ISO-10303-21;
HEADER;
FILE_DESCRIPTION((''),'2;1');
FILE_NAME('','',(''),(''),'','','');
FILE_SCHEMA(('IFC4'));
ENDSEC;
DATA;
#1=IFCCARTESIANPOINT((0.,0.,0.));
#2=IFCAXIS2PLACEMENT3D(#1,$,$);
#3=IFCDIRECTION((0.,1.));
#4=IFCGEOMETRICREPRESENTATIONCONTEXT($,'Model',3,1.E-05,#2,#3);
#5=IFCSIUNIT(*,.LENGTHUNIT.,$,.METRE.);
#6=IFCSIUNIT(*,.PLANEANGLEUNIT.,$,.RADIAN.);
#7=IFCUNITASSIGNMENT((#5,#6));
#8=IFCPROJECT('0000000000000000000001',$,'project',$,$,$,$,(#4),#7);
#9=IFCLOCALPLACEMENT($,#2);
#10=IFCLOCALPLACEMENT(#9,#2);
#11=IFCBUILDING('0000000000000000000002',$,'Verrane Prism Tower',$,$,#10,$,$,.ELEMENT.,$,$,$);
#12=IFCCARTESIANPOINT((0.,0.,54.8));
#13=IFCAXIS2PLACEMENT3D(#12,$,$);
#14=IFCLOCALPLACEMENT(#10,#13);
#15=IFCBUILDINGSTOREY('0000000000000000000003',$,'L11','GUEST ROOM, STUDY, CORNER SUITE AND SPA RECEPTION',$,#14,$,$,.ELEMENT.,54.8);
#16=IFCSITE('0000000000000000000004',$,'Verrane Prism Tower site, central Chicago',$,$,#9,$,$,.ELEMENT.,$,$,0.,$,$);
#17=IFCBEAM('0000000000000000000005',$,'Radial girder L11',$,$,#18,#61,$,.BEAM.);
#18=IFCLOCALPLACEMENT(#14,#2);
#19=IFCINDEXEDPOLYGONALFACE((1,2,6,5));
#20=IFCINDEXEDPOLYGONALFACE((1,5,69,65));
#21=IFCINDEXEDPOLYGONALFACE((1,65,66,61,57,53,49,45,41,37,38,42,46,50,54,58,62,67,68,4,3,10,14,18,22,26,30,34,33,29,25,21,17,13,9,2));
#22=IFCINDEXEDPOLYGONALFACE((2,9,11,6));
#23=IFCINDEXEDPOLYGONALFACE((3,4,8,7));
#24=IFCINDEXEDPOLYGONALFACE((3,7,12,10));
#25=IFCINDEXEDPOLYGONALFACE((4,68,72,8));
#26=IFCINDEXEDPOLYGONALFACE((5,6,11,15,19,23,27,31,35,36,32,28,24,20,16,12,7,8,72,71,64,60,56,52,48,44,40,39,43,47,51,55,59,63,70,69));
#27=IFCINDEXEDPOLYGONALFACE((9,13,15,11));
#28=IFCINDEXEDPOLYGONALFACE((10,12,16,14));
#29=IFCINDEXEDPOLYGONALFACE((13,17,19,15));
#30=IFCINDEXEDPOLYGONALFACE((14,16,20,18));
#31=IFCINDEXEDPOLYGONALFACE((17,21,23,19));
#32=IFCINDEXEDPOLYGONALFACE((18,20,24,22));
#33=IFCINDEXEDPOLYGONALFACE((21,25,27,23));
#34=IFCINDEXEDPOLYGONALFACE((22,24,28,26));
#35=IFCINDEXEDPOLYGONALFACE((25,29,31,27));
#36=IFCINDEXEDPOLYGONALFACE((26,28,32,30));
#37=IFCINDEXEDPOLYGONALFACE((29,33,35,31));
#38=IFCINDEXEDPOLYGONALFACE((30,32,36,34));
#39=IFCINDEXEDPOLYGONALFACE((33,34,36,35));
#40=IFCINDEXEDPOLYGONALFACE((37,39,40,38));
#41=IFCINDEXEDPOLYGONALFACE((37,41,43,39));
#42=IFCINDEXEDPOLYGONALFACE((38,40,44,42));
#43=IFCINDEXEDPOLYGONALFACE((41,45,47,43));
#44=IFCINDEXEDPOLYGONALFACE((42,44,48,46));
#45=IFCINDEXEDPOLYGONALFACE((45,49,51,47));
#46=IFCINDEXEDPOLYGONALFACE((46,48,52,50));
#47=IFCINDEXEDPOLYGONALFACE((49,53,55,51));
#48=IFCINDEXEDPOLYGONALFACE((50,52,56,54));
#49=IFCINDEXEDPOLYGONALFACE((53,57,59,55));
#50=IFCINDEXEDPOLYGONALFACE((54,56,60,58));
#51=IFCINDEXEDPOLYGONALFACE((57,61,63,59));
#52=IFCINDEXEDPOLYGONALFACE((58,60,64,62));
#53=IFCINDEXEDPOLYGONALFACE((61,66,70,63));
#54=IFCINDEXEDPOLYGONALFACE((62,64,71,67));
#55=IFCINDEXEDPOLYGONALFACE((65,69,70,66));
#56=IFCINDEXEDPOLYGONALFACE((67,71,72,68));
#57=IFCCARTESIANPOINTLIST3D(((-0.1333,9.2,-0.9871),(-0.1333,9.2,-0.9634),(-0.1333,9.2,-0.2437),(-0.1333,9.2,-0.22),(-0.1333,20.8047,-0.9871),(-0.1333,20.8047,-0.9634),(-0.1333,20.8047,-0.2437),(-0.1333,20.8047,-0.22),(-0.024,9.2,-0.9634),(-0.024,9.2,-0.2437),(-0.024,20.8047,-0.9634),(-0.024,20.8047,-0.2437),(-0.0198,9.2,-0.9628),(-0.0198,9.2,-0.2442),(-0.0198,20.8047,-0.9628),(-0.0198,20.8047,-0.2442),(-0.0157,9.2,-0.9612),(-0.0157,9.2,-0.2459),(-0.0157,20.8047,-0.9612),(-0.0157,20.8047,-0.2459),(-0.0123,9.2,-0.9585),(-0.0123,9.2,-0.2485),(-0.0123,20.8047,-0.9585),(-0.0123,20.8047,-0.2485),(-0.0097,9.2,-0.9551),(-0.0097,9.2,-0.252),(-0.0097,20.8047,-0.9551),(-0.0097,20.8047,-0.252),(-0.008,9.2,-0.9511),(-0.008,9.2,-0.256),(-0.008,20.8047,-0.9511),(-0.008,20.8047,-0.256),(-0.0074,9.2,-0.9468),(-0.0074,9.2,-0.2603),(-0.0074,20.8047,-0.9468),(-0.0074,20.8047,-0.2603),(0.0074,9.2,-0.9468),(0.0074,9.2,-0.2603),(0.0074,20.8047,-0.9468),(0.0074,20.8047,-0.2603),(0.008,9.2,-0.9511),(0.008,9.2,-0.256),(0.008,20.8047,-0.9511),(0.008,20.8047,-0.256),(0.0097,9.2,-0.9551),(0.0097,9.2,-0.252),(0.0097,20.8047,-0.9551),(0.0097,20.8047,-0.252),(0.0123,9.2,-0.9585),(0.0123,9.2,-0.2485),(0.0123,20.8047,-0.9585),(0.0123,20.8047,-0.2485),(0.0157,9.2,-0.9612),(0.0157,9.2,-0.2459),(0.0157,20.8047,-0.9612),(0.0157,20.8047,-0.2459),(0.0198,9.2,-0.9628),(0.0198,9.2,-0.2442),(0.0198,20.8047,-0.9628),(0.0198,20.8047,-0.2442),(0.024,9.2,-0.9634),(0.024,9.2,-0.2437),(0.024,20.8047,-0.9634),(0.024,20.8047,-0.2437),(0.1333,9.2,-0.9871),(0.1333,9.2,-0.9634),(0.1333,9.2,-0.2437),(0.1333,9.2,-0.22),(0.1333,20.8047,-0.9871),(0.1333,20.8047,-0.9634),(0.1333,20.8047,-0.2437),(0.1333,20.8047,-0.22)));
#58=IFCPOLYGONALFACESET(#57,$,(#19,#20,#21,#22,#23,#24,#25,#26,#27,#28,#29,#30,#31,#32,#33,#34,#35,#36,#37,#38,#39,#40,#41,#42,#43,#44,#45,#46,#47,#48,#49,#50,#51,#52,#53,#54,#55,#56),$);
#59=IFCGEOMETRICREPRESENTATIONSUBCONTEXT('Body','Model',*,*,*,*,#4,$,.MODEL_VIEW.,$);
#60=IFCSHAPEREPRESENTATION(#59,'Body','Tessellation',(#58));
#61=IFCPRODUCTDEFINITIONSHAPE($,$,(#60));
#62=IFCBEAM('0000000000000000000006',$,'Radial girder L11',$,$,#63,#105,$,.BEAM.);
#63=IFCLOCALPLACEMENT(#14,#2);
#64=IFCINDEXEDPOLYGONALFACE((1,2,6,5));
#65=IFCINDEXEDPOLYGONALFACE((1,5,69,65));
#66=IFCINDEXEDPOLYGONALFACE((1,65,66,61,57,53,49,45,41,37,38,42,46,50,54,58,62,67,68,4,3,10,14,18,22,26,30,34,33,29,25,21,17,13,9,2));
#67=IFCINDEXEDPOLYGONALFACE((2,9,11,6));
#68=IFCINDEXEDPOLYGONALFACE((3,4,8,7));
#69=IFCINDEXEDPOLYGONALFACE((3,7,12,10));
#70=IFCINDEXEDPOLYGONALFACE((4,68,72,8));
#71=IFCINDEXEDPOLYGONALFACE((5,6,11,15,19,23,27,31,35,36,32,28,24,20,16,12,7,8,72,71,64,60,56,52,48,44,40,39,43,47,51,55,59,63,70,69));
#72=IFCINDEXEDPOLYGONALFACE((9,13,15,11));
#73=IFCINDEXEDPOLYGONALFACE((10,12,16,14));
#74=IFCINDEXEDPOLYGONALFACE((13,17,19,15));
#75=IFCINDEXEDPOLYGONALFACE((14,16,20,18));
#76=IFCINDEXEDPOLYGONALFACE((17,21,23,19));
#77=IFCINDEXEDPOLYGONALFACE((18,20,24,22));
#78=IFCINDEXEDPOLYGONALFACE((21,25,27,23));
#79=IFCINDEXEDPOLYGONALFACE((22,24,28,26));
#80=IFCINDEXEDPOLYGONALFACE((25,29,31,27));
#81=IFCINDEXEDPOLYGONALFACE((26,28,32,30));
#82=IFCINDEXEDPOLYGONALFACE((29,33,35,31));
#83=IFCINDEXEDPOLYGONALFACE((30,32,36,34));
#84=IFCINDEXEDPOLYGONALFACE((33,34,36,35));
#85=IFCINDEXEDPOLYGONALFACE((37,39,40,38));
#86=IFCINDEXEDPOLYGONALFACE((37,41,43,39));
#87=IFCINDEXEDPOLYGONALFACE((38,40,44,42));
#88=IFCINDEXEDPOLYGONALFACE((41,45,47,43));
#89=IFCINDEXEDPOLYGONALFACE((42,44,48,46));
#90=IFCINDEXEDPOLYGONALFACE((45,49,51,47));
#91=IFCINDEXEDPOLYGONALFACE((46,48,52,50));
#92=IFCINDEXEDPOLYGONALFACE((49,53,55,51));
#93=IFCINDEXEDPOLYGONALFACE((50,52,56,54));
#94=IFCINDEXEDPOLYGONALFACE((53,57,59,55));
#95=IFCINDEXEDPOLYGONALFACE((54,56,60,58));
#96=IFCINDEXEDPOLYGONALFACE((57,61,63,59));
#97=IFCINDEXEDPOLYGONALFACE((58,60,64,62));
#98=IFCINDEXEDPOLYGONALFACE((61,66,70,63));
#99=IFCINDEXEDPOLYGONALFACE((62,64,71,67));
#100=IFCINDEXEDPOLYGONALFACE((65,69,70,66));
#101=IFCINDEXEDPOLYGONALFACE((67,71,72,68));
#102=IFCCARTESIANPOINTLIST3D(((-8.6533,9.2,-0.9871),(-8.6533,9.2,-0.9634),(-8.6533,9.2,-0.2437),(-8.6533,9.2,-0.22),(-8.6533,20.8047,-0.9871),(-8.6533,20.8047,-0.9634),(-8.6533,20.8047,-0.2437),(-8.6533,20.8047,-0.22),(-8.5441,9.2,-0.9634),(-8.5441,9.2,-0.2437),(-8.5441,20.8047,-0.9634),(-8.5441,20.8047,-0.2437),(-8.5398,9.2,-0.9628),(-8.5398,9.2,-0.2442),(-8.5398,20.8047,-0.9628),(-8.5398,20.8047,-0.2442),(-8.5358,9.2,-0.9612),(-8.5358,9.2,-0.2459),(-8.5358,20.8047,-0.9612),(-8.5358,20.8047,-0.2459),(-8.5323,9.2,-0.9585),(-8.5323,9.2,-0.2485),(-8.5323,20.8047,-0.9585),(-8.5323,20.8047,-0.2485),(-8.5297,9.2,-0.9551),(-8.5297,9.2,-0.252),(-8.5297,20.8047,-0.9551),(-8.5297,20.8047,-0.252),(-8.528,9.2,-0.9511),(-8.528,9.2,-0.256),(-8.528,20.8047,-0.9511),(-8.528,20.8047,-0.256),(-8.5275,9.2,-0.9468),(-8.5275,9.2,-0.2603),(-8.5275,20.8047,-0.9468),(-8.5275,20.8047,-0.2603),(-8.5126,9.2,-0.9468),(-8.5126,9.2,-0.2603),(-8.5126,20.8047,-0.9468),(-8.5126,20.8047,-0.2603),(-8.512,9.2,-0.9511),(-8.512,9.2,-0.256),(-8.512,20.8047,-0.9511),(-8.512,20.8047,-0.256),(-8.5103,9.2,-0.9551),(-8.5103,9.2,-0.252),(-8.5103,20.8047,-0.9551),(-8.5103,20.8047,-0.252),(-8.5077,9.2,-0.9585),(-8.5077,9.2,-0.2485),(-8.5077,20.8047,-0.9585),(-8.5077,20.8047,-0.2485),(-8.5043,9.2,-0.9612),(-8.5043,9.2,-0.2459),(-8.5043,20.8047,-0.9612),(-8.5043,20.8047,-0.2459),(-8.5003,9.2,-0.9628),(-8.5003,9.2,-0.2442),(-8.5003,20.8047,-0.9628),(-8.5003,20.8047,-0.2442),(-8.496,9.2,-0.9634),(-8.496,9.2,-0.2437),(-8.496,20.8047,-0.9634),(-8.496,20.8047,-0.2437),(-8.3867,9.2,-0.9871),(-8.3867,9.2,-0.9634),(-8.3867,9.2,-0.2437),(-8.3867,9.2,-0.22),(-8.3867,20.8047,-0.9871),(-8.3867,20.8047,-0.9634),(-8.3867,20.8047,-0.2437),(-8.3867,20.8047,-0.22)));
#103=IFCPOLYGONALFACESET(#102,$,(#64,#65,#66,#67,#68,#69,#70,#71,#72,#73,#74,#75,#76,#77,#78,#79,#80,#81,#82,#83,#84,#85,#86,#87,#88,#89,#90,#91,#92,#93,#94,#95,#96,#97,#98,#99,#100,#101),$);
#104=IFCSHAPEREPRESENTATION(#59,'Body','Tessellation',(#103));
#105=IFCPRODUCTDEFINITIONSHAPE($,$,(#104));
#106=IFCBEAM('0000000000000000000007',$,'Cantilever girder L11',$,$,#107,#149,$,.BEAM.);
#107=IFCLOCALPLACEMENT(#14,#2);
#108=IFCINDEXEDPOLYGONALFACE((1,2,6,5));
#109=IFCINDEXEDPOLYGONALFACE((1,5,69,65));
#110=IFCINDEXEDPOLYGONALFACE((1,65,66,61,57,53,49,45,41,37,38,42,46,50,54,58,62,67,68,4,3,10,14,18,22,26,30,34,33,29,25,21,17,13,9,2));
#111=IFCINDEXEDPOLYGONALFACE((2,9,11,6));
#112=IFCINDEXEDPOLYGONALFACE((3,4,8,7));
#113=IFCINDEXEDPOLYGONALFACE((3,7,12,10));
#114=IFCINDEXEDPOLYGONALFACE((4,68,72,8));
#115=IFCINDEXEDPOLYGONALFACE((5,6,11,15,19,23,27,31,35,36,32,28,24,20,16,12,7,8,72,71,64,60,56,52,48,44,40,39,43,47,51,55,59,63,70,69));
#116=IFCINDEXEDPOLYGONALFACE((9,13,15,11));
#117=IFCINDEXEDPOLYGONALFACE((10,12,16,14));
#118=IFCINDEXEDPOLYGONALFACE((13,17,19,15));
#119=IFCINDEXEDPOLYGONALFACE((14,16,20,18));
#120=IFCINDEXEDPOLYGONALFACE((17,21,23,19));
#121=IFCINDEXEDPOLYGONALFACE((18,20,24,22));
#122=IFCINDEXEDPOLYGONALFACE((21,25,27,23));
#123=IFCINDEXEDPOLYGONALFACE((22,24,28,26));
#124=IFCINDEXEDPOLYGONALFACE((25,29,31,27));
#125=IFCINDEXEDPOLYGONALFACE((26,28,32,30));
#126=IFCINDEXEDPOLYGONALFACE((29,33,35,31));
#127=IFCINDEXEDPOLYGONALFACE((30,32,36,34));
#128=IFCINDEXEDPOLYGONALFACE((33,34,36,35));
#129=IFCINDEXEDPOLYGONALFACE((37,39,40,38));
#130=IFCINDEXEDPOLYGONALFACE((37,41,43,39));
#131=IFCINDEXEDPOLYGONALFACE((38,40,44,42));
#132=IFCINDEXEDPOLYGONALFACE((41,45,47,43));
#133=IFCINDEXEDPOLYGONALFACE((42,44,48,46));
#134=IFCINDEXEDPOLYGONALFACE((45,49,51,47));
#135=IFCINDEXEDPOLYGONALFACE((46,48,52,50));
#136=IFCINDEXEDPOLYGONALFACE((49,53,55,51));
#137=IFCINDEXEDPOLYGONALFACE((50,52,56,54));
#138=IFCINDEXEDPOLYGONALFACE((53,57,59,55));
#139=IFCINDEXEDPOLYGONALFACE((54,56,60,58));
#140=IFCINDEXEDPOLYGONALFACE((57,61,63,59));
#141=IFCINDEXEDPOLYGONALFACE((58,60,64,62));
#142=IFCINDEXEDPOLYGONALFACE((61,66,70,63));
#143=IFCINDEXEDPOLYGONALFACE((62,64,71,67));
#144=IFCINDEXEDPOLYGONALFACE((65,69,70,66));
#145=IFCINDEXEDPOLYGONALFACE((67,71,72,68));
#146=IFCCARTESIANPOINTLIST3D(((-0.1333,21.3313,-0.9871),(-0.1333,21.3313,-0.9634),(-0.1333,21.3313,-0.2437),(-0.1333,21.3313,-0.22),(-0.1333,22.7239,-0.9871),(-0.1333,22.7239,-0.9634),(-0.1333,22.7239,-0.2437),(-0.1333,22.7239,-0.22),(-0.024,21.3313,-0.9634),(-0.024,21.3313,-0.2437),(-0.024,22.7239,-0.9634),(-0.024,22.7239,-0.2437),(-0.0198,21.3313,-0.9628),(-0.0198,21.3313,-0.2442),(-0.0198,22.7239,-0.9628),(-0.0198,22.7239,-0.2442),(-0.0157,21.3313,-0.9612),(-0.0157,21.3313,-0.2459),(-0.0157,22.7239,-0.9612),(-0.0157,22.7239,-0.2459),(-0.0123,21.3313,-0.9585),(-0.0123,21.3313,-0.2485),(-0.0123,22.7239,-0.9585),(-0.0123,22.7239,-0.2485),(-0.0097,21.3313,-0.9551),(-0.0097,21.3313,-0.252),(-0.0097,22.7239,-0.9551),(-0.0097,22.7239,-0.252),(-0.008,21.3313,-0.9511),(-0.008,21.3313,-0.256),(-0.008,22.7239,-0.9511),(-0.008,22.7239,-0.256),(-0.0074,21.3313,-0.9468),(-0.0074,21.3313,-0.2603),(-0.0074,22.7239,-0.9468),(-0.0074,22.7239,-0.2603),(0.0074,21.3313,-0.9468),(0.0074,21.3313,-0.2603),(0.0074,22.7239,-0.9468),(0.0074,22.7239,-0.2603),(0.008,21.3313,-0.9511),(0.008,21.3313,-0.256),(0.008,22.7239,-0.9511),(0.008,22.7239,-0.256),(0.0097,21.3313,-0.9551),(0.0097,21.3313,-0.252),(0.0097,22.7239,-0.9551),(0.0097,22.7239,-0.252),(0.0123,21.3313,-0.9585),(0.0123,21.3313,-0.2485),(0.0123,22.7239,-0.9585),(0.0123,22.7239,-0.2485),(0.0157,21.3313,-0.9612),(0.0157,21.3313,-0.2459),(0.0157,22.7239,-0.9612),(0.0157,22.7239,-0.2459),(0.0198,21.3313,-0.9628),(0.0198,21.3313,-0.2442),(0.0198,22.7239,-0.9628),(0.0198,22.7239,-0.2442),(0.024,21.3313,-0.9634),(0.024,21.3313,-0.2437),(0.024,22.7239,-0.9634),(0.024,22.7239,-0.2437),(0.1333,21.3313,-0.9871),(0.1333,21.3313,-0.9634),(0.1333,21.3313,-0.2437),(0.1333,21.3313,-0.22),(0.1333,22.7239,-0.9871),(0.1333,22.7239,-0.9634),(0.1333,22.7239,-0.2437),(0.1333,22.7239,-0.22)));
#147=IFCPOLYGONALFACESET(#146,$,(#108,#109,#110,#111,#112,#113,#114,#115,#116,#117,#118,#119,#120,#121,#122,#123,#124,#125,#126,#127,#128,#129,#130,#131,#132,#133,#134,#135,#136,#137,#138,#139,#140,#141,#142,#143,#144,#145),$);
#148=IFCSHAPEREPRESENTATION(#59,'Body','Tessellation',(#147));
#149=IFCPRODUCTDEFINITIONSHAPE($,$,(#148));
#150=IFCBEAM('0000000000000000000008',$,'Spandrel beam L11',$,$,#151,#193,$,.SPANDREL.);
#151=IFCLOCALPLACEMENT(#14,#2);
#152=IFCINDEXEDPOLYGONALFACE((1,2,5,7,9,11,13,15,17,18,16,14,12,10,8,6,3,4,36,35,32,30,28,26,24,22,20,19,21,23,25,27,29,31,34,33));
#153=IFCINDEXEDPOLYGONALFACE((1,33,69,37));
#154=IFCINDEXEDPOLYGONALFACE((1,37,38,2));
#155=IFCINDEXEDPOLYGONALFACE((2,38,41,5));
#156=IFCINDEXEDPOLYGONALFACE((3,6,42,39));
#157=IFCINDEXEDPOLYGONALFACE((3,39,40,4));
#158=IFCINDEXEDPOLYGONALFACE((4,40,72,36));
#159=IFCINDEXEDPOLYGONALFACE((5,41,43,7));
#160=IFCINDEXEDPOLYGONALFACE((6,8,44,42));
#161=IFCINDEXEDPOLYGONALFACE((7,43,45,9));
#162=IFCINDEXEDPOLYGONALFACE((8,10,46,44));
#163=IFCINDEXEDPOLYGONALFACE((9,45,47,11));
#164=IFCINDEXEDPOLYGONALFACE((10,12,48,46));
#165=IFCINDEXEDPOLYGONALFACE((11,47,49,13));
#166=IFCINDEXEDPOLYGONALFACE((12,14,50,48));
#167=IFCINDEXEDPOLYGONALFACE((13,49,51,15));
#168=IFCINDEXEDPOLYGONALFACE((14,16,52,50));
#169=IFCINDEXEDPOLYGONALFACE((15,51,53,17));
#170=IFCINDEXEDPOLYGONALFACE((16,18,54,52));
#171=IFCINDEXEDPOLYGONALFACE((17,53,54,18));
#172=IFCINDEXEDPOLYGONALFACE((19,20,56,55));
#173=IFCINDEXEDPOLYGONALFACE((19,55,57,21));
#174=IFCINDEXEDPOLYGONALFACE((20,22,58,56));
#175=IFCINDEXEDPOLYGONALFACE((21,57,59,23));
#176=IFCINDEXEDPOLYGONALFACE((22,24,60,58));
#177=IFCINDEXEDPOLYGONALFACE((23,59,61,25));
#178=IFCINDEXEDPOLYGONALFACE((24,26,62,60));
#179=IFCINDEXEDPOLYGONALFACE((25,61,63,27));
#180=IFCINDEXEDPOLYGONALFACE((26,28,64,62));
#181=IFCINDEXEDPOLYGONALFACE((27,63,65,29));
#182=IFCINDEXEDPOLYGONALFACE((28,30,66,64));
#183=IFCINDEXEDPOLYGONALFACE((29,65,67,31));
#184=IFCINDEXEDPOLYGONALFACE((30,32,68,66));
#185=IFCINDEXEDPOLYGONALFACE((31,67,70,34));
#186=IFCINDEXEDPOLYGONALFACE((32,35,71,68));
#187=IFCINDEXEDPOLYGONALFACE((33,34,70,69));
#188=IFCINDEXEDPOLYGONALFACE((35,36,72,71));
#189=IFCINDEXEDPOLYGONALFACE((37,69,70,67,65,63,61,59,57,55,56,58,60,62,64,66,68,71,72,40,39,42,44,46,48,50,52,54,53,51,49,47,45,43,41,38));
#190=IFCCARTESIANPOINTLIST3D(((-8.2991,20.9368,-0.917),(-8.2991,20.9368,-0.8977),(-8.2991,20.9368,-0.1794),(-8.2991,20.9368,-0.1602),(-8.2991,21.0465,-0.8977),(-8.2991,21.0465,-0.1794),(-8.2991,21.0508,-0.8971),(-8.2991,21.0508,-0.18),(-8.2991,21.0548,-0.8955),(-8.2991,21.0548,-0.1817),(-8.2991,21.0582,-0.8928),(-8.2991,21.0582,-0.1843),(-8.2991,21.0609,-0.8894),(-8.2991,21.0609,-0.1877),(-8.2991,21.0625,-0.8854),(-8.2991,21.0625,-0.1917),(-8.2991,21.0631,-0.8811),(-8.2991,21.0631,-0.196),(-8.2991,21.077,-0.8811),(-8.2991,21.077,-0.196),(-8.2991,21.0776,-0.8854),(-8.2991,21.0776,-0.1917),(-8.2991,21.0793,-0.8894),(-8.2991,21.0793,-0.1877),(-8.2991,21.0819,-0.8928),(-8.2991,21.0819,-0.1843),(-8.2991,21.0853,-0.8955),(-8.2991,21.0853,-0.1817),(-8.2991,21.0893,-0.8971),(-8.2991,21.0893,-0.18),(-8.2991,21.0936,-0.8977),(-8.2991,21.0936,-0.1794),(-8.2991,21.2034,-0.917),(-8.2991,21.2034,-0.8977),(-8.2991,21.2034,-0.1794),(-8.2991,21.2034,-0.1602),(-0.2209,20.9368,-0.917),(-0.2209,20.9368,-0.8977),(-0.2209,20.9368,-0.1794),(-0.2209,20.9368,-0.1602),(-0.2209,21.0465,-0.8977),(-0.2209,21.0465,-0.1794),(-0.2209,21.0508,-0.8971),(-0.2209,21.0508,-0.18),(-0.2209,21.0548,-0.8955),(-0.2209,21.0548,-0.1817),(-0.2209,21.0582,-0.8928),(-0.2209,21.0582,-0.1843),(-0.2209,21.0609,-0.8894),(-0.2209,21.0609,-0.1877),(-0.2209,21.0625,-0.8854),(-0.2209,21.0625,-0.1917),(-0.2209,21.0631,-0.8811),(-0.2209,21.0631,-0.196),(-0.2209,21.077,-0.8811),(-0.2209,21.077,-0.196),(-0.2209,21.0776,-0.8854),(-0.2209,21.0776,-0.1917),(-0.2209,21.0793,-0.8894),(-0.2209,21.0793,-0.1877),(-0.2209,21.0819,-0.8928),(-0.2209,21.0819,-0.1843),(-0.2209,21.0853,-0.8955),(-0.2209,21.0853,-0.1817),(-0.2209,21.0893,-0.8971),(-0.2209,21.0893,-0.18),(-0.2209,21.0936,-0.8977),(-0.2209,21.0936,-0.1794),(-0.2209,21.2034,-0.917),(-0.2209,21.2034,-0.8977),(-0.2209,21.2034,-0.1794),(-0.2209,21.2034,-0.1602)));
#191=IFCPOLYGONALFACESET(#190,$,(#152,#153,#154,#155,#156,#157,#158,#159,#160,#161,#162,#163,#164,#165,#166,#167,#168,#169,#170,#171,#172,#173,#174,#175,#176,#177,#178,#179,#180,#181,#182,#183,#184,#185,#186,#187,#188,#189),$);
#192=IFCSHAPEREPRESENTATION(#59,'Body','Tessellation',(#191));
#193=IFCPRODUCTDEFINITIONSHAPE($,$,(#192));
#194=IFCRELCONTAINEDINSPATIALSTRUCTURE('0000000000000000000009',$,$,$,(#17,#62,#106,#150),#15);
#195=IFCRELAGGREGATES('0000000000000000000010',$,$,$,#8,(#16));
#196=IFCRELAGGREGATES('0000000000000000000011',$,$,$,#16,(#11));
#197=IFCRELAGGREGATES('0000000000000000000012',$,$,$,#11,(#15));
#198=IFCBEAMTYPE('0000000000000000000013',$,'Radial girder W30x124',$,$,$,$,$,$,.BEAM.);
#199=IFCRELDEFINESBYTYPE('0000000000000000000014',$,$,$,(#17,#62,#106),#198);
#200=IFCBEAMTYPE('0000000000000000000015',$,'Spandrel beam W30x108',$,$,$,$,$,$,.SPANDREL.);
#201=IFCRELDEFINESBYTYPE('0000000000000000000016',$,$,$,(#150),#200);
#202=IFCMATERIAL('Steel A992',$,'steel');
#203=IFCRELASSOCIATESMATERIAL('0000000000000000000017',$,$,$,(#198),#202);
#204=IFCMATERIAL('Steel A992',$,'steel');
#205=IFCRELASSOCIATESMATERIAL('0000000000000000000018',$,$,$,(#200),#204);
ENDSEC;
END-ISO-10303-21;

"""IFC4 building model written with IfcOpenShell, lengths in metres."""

from ifc_helpers import new_model, si_unit, direction, frame, origin, origin_2d, place, context, subcontext, project, spatial, i_section, extrude, material, material_profile, profile_set, type_object, element, save


model = new_model("IFC4")

# Units and contexts
model_context = context("Model", 3, precision=1e-05, world=origin(), true_north=direction((0.0, 1.0)))
body_context = subcontext(model_context, "Body", "Model", "MODEL_VIEW")
ifc_project = project(units=[si_unit("LENGTHUNIT", "METRE"), si_unit("PLANEANGLEUNIT", "RADIAN")], contexts=[model_context])

# Site, building, storey
site_placement = place(None, origin())
site = spatial("IfcSite", under=ifc_project, at=site_placement, Name="Verrane Prism Tower site, central Chicago", CompositionType="ELEMENT", RefElevation=0.0)
building_placement = place(site_placement, origin())
building = spatial("IfcBuilding", under=site, at=building_placement, Name="Verrane Prism Tower", CompositionType="ELEMENT")
storey_placement = place(building_placement, frame((0.0, 0.0, 54.8)))
storey = spatial("IfcBuildingStorey", under=building, at=storey_placement, Name="L11", Description="GUEST ROOM, STUDY, CORNER SUITE AND SPA RECEPTION", CompositionType="ELEMENT", Elevation=54.8)

# Beams
ifc_material_1 = material(Name="Steel A992", Category="steel")
ifc_material_profile_1 = material_profile(ifc_material_1, i_section(OverallWidth=0.2666, OverallDepth=0.7671, WebThickness=0.0149, FlangeThickness=0.0237, FilletRadius=0.0166, at=origin_2d()), Name="W30x124")
ifc_profile_set_1 = profile_set([ifc_material_profile_1], Name="Steel A992")
beam_type_1 = type_object("IfcBeamType", Name="Radial girder W30x124", PredefinedType="BEAM", material=ifc_profile_set_1)
for number, where, z_axis, x_axis, name in (
    (1, (0.0, 20.8047, -0.6035), (0.0, -1.0, 0.0), (1.0, 0.0, 0.0), "Radial girder L11"),
    (2, (-8.52, 20.8047, -0.6035), (0.0, -1.0, 0.0), (1.0, 0.0, 0.0), "Radial girder L11"),
):
    element("IfcBeam", number, at=place(storey_placement, frame(where, z_axis=z_axis, x_axis=x_axis)), inside=storey, type_object=beam_type_1, Name=name, PredefinedType="BEAM", context=body_context, shape_type="SweptSolid", body=[
        extrude(i_section(OverallWidth=0.2666, OverallDepth=0.7671, WebThickness=0.0149, FlangeThickness=0.0237, FilletRadius=0.0166, at=origin_2d()), origin(), (0.0, 0.0, 1.0), 11.6047),
    ])
beam_1_placement = place(storey_placement, frame((0.0, 21.3313, -0.6035), z_axis=(0.0, 1.0, 0.0), x_axis=(-1.0, 0.0, 0.0)))
element("IfcBeam", 3, at=beam_1_placement, inside=storey, type_object=beam_type_1, Name="Cantilever girder L11", PredefinedType="BEAM", context=body_context, shape_type="SweptSolid", body=[
    extrude(i_section(OverallWidth=0.2666, OverallDepth=0.7671, WebThickness=0.0149, FlangeThickness=0.0237, FilletRadius=0.0166, at=origin_2d()), origin(), (0.0, 0.0, 1.0), 1.3926),
])
ifc_material_2 = material(Name="Steel A992", Category="steel")
ifc_material_profile_2 = material_profile(ifc_material_2, i_section(OverallWidth=0.2666, OverallDepth=0.7568, WebThickness=0.0139, FlangeThickness=0.0193, FilletRadius=0.0166, at=origin_2d()), Name="W30x108")
ifc_profile_set_2 = profile_set([ifc_material_profile_2], Name="Steel A992")
beam_type_2 = type_object("IfcBeamType", Name="Spandrel beam W30x108", PredefinedType="SPANDREL", material=ifc_profile_set_2)
beam_2_placement = place(storey_placement, frame((-0.2209, 21.0701, -0.5386), z_axis=(-1.0, 0.0, 0.0), x_axis=(0.0, -1.0, 0.0)))
element("IfcBeam", 4, at=beam_2_placement, inside=storey, type_object=beam_type_2, Name="Spandrel beam L11", PredefinedType="SPANDREL", context=body_context, shape_type="SweptSolid", body=[
    extrude(i_section(OverallWidth=0.2666, OverallDepth=0.7568, WebThickness=0.0139, FlangeThickness=0.0193, FilletRadius=0.0166, at=origin_2d()), origin(), (0.0, 0.0, 1.0), 8.0781),
])

save(model, "model.ifc")
